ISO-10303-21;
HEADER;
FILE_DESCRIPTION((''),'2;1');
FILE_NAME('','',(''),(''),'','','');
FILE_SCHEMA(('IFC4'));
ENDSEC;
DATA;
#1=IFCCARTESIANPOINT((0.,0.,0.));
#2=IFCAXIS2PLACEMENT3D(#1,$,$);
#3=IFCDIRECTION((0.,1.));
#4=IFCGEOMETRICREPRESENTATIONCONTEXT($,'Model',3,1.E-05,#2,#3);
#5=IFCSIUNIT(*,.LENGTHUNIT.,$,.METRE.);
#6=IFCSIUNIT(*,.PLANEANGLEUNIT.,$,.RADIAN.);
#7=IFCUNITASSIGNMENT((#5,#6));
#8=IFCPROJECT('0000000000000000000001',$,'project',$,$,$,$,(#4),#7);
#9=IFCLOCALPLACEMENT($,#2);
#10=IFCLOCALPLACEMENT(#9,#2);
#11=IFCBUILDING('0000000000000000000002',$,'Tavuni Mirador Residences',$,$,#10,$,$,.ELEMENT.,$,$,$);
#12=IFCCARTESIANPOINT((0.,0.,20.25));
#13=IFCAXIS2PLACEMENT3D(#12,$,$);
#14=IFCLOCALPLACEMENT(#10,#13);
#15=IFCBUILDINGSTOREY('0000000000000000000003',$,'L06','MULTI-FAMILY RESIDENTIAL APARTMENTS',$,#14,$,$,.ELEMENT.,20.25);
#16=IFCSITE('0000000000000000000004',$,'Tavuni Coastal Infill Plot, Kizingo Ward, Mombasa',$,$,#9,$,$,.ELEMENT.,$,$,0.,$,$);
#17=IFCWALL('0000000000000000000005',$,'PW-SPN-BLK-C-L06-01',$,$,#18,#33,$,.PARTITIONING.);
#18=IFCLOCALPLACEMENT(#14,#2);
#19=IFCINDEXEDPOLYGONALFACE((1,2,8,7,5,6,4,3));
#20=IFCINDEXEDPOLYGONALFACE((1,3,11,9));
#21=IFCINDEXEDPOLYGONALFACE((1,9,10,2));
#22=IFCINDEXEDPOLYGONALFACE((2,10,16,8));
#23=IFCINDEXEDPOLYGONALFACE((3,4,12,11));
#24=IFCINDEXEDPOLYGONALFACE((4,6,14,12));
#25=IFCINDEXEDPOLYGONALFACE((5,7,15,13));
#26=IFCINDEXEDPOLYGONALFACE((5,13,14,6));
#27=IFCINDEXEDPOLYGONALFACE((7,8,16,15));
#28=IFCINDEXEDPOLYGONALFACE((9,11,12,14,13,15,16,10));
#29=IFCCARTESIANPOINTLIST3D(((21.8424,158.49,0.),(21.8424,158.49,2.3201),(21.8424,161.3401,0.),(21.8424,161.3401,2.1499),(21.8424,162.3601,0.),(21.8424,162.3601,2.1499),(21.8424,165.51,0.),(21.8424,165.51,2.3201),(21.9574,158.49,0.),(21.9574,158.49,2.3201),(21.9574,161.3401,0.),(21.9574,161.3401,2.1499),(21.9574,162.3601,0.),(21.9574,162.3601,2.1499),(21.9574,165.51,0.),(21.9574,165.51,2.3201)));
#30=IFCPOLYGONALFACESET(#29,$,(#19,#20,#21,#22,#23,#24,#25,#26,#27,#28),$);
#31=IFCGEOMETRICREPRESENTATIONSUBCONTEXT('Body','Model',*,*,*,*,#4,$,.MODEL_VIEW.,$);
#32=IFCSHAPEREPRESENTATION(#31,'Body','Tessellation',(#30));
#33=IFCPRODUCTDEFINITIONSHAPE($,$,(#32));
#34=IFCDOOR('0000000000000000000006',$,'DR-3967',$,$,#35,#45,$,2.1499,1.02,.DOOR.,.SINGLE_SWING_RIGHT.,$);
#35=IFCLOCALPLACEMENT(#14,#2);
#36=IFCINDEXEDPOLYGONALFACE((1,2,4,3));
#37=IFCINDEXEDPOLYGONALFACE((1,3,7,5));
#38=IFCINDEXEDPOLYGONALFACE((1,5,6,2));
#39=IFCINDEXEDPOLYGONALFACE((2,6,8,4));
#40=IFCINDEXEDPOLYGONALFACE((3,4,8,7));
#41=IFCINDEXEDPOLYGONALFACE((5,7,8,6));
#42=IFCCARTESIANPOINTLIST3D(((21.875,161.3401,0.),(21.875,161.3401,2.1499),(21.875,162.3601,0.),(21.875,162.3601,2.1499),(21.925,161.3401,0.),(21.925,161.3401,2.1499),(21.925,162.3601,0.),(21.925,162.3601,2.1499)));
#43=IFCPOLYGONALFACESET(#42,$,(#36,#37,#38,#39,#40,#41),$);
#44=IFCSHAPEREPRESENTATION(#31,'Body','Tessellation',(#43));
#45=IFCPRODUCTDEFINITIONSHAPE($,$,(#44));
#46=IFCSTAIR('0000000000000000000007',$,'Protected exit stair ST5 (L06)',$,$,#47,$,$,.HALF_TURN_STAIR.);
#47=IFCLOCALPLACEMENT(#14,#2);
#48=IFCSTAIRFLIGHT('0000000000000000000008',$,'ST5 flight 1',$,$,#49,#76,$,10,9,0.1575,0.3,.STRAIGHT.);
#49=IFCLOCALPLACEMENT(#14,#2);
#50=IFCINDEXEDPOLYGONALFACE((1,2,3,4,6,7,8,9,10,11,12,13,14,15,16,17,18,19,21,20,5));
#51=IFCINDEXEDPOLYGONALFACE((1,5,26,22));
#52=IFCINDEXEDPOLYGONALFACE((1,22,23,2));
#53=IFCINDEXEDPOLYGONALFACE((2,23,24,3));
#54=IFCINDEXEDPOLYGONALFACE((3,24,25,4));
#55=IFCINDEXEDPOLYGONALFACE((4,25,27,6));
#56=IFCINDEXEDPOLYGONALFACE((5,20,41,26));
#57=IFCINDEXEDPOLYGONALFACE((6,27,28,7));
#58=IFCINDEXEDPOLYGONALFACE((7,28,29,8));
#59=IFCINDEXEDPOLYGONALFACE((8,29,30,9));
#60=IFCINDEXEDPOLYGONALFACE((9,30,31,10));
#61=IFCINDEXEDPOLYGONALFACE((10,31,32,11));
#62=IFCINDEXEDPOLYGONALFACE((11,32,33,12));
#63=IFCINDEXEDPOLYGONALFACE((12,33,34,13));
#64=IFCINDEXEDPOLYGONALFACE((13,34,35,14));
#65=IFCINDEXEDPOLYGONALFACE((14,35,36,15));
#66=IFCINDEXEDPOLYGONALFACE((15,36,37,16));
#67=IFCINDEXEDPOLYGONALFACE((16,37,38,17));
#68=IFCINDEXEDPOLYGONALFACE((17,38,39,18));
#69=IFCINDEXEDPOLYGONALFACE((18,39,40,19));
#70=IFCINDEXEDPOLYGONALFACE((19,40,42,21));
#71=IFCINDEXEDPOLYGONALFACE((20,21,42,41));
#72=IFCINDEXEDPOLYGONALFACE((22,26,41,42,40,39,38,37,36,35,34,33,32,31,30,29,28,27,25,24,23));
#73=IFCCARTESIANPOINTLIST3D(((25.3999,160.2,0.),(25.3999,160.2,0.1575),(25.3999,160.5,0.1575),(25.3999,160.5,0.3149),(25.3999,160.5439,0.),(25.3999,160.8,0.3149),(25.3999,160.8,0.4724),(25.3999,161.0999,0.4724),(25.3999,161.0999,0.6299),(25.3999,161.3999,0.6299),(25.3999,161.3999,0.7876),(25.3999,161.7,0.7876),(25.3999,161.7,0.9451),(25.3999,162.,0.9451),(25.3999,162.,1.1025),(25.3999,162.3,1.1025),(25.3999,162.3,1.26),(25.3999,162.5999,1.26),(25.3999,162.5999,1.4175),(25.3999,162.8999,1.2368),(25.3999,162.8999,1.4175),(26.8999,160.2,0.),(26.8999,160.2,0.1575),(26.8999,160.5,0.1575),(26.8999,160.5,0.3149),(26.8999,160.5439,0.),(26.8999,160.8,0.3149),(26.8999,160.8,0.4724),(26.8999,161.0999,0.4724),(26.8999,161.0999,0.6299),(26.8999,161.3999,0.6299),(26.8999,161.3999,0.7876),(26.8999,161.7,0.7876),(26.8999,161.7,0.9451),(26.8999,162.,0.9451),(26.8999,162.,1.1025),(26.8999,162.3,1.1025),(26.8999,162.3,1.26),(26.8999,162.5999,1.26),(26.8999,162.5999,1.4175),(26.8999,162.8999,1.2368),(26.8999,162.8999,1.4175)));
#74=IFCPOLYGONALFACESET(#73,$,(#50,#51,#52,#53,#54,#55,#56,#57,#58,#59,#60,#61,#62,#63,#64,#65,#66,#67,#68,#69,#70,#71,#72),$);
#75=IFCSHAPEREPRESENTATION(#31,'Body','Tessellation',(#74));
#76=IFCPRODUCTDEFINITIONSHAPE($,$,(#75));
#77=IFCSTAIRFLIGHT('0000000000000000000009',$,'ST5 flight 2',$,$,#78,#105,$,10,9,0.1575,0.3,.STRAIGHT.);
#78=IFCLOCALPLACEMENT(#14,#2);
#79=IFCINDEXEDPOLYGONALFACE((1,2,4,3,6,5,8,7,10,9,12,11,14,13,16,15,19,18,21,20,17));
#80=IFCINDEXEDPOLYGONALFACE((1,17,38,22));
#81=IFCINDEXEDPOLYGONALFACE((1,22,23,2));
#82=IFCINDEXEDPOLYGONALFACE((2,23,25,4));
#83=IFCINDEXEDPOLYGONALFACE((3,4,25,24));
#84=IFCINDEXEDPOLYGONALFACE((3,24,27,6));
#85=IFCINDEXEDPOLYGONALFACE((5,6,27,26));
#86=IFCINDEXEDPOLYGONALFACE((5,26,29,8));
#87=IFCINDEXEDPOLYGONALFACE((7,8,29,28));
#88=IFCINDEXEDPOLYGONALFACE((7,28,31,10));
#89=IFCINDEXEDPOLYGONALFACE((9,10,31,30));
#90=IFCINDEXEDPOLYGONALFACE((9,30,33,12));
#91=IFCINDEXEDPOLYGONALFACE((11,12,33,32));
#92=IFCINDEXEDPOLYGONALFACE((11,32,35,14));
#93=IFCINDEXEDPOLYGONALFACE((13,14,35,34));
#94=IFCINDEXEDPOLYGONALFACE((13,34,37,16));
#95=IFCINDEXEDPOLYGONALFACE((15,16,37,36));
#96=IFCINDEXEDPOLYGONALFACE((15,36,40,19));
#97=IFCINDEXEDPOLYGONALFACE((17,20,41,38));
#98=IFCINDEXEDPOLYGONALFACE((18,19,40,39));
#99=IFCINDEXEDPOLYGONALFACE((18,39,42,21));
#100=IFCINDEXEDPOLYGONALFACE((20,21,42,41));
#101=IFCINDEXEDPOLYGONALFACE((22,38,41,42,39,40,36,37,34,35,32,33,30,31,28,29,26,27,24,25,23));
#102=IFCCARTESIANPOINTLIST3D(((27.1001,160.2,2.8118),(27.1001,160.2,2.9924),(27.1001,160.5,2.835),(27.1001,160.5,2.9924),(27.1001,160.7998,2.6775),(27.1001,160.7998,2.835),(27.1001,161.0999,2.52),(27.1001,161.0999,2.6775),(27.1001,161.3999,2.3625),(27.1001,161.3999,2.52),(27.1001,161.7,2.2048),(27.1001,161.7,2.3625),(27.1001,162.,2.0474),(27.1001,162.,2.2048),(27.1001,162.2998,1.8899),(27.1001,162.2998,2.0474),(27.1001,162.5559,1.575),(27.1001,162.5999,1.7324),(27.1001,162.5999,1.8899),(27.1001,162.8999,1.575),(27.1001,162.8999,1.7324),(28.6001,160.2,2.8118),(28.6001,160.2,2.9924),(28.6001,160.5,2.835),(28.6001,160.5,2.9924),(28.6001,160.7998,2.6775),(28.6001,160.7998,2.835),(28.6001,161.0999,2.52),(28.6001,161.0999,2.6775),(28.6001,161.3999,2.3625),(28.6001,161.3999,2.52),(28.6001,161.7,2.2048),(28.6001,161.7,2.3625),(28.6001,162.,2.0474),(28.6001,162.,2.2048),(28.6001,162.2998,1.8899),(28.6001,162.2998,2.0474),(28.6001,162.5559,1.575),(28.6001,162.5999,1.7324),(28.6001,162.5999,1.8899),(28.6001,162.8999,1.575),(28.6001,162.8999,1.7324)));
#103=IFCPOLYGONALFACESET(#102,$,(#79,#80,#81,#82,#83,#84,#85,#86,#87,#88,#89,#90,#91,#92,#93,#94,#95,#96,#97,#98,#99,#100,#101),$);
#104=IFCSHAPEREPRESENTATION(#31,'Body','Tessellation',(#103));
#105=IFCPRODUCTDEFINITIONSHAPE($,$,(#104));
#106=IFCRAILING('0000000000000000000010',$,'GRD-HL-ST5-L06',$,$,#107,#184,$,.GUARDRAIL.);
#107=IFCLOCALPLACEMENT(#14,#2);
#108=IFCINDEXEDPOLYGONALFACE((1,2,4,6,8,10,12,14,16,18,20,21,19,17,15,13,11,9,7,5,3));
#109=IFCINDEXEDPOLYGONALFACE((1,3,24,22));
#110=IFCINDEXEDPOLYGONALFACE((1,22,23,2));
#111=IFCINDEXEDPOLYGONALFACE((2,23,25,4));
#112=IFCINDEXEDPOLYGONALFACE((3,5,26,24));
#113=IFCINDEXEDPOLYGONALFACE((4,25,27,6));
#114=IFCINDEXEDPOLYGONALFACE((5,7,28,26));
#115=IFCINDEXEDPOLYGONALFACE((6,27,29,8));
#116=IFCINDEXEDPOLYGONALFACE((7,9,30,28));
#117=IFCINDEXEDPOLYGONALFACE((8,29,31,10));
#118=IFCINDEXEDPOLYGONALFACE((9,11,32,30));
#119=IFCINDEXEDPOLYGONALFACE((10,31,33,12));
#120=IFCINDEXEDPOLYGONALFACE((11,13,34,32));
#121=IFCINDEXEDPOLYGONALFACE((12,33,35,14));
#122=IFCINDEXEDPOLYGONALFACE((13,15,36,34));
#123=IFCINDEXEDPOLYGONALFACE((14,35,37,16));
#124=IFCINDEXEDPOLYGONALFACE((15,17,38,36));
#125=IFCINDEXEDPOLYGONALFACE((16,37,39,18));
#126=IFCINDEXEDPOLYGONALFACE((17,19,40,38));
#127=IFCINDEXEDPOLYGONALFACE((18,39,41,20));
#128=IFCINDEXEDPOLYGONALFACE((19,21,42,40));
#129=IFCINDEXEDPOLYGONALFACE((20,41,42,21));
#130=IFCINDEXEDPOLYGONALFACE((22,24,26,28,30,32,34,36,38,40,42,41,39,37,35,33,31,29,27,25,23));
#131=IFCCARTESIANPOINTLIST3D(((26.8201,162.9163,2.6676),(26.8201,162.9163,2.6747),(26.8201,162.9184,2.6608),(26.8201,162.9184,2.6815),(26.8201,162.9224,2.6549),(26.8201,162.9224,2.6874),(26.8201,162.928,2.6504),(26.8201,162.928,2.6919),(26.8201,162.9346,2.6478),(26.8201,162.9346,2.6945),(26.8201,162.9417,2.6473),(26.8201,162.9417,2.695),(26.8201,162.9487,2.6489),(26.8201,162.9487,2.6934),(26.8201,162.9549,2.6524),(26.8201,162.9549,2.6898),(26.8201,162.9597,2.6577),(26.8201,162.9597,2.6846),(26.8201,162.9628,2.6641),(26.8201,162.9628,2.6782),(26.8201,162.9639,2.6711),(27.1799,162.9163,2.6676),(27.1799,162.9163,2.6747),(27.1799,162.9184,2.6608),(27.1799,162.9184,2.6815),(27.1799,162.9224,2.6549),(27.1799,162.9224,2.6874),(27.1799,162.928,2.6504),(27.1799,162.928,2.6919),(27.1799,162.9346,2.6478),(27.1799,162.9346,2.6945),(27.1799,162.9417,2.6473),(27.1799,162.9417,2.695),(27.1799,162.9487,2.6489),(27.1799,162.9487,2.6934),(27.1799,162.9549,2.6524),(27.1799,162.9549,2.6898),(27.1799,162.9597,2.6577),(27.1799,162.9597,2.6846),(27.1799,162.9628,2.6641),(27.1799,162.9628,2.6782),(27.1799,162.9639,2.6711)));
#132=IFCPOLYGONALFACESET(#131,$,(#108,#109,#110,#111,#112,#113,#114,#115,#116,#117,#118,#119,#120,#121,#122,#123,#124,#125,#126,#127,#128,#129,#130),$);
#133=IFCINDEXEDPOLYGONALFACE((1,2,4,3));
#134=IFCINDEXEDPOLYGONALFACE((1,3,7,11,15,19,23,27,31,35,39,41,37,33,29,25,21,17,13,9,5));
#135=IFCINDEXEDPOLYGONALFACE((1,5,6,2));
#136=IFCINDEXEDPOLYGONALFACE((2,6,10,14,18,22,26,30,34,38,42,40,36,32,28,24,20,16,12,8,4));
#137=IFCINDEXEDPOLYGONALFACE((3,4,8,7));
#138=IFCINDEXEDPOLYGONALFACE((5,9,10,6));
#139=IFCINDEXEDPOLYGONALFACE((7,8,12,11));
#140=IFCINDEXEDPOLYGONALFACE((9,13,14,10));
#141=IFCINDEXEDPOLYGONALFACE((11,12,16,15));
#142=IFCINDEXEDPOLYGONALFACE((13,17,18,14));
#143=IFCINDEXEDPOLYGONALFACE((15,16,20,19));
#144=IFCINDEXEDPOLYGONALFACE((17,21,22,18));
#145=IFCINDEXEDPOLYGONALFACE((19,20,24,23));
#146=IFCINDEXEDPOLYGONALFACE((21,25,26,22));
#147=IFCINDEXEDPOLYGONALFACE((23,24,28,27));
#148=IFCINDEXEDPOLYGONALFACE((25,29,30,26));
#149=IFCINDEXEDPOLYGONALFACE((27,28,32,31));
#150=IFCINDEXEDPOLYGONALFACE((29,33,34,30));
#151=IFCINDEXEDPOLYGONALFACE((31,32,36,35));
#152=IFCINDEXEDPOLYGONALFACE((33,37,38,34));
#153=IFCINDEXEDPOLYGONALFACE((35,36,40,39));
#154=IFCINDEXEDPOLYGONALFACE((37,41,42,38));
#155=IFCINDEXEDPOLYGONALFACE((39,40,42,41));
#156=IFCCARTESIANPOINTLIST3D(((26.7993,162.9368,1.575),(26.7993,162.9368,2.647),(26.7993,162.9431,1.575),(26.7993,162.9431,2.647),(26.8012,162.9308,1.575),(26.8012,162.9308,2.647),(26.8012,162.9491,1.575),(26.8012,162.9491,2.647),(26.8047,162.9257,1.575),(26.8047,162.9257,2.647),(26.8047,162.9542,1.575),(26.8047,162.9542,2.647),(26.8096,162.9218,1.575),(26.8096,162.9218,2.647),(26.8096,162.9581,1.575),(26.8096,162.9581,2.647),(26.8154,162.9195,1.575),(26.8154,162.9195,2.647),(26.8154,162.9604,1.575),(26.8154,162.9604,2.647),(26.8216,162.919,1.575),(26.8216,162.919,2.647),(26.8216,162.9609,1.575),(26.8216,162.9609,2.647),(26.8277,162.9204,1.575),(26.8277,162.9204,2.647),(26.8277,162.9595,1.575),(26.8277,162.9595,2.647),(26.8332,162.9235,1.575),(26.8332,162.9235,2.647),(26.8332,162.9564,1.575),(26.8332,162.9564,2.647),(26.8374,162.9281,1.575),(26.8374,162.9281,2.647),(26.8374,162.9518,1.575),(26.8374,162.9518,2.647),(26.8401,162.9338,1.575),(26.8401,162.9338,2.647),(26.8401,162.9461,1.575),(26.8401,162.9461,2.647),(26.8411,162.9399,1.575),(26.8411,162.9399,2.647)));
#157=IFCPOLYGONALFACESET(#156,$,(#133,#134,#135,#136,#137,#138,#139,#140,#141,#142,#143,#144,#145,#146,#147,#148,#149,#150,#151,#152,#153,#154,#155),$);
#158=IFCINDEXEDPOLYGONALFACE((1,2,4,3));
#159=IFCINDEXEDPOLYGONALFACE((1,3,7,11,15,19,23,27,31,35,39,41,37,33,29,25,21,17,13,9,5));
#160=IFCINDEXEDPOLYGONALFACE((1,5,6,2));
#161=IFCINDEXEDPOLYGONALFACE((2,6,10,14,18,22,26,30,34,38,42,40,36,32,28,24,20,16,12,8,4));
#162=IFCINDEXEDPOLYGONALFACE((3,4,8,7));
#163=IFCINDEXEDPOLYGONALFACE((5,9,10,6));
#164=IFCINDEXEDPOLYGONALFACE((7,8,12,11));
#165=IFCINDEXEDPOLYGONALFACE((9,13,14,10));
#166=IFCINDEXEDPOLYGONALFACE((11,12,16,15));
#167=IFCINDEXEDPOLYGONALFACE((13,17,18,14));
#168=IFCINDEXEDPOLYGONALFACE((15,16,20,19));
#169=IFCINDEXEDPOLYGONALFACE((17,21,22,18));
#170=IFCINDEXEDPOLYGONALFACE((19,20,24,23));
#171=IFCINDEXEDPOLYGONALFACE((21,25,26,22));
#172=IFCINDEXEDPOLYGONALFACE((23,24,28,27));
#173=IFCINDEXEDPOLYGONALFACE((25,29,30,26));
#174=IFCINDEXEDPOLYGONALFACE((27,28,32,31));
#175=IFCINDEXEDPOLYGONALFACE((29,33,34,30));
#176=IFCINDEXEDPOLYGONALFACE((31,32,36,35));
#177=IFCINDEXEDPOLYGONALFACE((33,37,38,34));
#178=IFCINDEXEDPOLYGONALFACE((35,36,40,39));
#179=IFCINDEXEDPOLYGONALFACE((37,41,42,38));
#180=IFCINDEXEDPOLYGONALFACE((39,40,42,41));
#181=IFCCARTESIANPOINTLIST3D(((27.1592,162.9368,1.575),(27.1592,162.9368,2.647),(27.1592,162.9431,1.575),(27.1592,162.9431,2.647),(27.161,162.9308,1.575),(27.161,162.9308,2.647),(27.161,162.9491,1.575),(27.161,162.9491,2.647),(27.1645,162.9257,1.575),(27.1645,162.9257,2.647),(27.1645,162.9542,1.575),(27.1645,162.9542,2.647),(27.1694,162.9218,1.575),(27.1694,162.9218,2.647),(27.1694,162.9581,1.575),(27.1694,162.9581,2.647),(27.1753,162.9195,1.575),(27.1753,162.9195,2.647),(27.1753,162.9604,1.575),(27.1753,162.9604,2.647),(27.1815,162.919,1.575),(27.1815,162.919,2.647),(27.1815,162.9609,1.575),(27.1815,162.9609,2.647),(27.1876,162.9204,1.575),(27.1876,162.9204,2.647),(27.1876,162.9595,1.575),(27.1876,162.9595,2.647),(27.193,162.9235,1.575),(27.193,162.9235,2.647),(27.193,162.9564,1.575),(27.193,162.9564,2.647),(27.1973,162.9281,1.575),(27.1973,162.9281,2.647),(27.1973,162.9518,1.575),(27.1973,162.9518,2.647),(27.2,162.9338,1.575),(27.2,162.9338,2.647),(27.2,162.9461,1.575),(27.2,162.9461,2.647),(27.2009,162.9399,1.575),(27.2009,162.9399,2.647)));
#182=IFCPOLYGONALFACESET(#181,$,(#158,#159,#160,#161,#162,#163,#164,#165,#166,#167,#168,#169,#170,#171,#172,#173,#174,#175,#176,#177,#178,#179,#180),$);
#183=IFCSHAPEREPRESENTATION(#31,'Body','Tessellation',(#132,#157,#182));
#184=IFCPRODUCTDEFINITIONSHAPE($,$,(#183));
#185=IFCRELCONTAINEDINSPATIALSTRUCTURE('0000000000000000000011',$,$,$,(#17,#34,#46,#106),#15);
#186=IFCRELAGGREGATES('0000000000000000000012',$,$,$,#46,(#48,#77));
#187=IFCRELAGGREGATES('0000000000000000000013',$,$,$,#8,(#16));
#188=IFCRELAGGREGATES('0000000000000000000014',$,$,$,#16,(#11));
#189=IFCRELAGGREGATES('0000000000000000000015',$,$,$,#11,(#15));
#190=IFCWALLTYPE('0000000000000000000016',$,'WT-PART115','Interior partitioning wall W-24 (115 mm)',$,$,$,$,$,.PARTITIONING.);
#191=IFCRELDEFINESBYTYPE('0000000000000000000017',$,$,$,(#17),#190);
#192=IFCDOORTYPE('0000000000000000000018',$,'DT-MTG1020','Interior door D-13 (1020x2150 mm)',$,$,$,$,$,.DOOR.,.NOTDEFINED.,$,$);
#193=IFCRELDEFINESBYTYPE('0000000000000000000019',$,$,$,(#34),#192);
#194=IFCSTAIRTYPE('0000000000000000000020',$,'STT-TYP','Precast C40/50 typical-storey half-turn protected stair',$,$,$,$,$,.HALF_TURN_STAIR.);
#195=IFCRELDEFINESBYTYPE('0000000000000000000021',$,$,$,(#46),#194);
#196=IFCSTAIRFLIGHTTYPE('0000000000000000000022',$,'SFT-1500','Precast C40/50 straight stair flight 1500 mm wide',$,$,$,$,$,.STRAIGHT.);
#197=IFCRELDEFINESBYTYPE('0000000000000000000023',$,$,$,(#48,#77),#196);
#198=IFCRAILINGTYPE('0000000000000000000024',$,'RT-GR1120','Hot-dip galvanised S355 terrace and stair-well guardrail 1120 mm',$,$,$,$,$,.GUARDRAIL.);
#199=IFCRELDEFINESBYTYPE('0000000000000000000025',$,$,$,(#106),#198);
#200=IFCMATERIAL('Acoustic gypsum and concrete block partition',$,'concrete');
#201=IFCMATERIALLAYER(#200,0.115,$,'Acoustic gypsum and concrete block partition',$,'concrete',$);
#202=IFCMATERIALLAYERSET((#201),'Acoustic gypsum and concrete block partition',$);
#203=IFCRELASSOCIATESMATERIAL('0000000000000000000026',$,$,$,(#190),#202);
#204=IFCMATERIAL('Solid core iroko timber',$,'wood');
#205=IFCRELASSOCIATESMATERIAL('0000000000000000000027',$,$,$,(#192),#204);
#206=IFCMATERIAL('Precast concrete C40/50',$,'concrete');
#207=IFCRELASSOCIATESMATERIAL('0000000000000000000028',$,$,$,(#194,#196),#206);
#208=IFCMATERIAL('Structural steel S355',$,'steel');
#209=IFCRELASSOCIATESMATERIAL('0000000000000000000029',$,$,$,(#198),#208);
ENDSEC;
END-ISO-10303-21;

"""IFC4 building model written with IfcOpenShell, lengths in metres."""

from ifc_helpers import new_model, si_unit, direction, frame, frame_2d, origin, origin_2d, place, context, subcontext, project, spatial, polyline, rectangle, circle, outline, extrude, material, layer, layer_set, type_object, element, fill, aggregate, save


model = new_model("IFC4")

# Units and contexts
model_context = context("Model", 3, precision=1e-05, world=origin(), true_north=direction((0.0, 1.0)))
body_context = subcontext(model_context, "Body", "Model", "MODEL_VIEW")
ifc_project = project(units=[si_unit("LENGTHUNIT", "METRE"), si_unit("PLANEANGLEUNIT", "RADIAN")], contexts=[model_context])

# Site, building, storey
site_placement = place(None, origin())
site = spatial("IfcSite", under=ifc_project, at=site_placement, Name="Tavuni Coastal Infill Plot, Kizingo Ward, Mombasa", CompositionType="ELEMENT", RefElevation=0.0)
building_placement = place(site_placement, origin())
building = spatial("IfcBuilding", under=site, at=building_placement, Name="Tavuni Mirador Residences", CompositionType="ELEMENT")
storey_placement = place(building_placement, frame((0.0, 0.0, 20.25)))
storey = spatial("IfcBuildingStorey", under=building, at=storey_placement, Name="L06", Description="MULTI-FAMILY RESIDENTIAL APARTMENTS", CompositionType="ELEMENT", Elevation=20.25)

# Shared definitions
ifc_material_1 = material(Name="Precast concrete C40/50", Category="concrete")

# Shared definitions
ifc_material_2 = material(Name="Solid core iroko timber", Category="wood")
ifc_material_3 = material(Name="Structural steel S355", Category="steel")

# Wall, opening, door
ifc_material_4 = material(Name="Acoustic gypsum and concrete block partition", Category="concrete")
ifc_layer_1 = layer(ifc_material_4, 0.115, Name="Acoustic gypsum and concrete block partition", Category="concrete")
ifc_layer_set_1 = layer_set([ifc_layer_1], Name="Acoustic gypsum and concrete block partition")
wall_type_1 = type_object("IfcWallType", Name="WT-PART115", Description="Interior partitioning wall W-24 (115 mm)", PredefinedType="PARTITIONING", material=ifc_layer_set_1)
wall_1_placement = place(storey_placement, frame((21.8999, 158.49, 0.0), z_axis=(0.0, 0.0, 1.0), x_axis=(0.0, 1.0, 0.0)))
wall_1 = element("IfcWall", 1, at=wall_1_placement, inside=storey, type_object=wall_type_1, Name="PW-SPN-BLK-C-L06-01", PredefinedType="PARTITIONING", context=body_context, shape_type="SweptSolid", body=[
    extrude(rectangle(XDim=7.02, YDim=0.115, at=frame_2d((3.51, 0.0))), origin(), (0.0, 0.0, 1.0), 2.3201),
])
opening_1_placement = place(wall_1_placement, frame((2.8501, 0.0, 0.0)))
opening_1 = element("IfcOpeningElement", 2, at=opening_1_placement, cuts=wall_1, PredefinedType="OPENING", context=body_context, shape_type="SweptSolid", body=[
    extrude(rectangle(XDim=1.02, YDim=2.1499, at=frame_2d((0.51, 1.075))), frame((0.0, 0.0674, 0.0), z_axis=(0.0, -1.0, 0.0), x_axis=(1.0, 0.0, 0.0)), (0.0, 0.0, 1.0), 0.135),
])
door_type_1 = type_object("IfcDoorType", Name="DT-MTG1020", Description="Interior door D-13 (1020x2150 mm)", OperationType="NOTDEFINED", PredefinedType="DOOR", material=ifc_material_2)
door_1_placement = place(opening_1_placement, origin())
door_1 = element("IfcDoor", 3, at=door_1_placement, inside=storey, type_object=door_type_1, Name="DR-3967", OperationType="SINGLE_SWING_RIGHT", OverallHeight=2.1499, OverallWidth=1.02, PredefinedType="DOOR", context=body_context, shape_type="SweptSolid", body=[
    extrude(rectangle(XDim=1.02, YDim=2.1499, at=frame_2d((0.51, 1.075))), frame((0.0, 0.0249, 0.0), z_axis=(0.0, -1.0, 0.0), x_axis=(1.0, 0.0, 0.0)), (0.0, 0.0, 1.0), 0.05),
])
fill(opening_1, door_1)

# Stair, stair flights
stair_type = type_object("IfcStairType", Name="STT-TYP", Description="Precast C40/50 typical-storey half-turn protected stair", PredefinedType="HALF_TURN_STAIR", material=ifc_material_1)
stair_placement = place(storey_placement, origin())
stair = element("IfcStair", 4, at=stair_placement, inside=storey, type_object=stair_type, Name="Protected exit stair ST5 (L06)", PredefinedType="HALF_TURN_STAIR")
stair_flight_type = type_object("IfcStairFlightType", Name="SFT-1500", Description="Precast C40/50 straight stair flight 1500 mm wide", PredefinedType="STRAIGHT", material=ifc_material_1)
stair_flight_1_placement = place(storey_placement, frame((26.1499, 160.2, 0.0), z_axis=(0.0, 0.0, 1.0), x_axis=(0.0, 1.0, 0.0)))
stair_flight_1 = element("IfcStairFlight", 5, at=stair_flight_1_placement, type_object=stair_flight_type, Name="ST5 flight 1", NumberOfRisers=10, NumberOfTreads=9, PredefinedType="STRAIGHT", RiserHeight=0.1575, TreadLength=0.3, context=body_context, shape_type="SweptSolid", body=[
    extrude(outline(polyline([(0.0, 0.0), (0.0, 0.1575), (0.3, 0.1575), (0.3, 0.3149), (0.6001, 0.3149), (0.6001, 0.4724), (0.8999, 0.4724), (0.8999, 0.6299), (1.2, 0.6299), (1.2, 0.7876), (1.5, 0.7876), (1.5, 0.9451), (1.8, 0.9451), (1.8, 1.1025), (2.1001, 1.1025), (2.1001, 1.26), (2.3999, 1.26), (2.3999, 1.4175), (2.7, 1.4175), (2.7, 1.575), (2.7, 1.2368), (0.344, 0.0), (0.0, 0.0)])), frame((0.0, 0.75, 0.0), z_axis=(0.0, -1.0, 0.0), x_axis=(1.0, 0.0, 0.0)), (0.0, 0.0, 1.0), 1.5),
])
stair_flight_2_placement = place(storey_placement, frame((27.8501, 162.8999, 1.575), z_axis=(0.0, 0.0, 1.0), x_axis=(0.0, -1.0, 0.0)))
stair_flight_2 = element("IfcStairFlight", 6, at=stair_flight_2_placement, type_object=stair_flight_type, Name="ST5 flight 2", NumberOfRisers=10, NumberOfTreads=9, PredefinedType="STRAIGHT", RiserHeight=0.1575, TreadLength=0.3, context=body_context, shape_type="SweptSolid", body=[
    extrude(outline(polyline([(0.0, 0.0), (0.0, 0.1575), (0.3, 0.1575), (0.3, 0.3149), (0.6001, 0.3149), (0.6001, 0.4724), (0.8999, 0.4724), (0.8999, 0.6299), (1.2, 0.6299), (1.2, 0.7876), (1.5, 0.7876), (1.5, 0.9451), (1.8, 0.9451), (1.8, 1.1025), (2.1001, 1.1025), (2.1001, 1.26), (2.3999, 1.26), (2.3999, 1.4175), (2.7, 1.4175), (2.7, 1.575), (2.7, 1.2368), (0.344, 0.0), (0.0, 0.0)])), frame((0.0, 0.75, 0.0), z_axis=(0.0, -1.0, 0.0), x_axis=(1.0, 0.0, 0.0)), (0.0, 0.0, 1.0), 1.5),
])
aggregate(stair, [stair_flight_1, stair_flight_2])

# Railing
railing_type_1 = type_object("IfcRailingType", Name="RT-GR1120", Description="Hot-dip galvanised S355 terrace and stair-well guardrail 1120 mm", PredefinedType="GUARDRAIL", material=ifc_material_3)
railing_1_placement = place(storey_placement, frame((26.8201, 162.9399, 1.575)))
element("IfcRailing", 7, at=railing_1_placement, inside=storey, type_object=railing_type_1, Name="GRD-HL-ST5-L06", PredefinedType="GUARDRAIL", context=body_context, shape_type="SweptSolid", body=[
    extrude(circle(Radius=0.0239, at=origin_2d()), frame((0.0, 0.0, 1.0962), z_axis=(1.0, 0.0, 0.0), x_axis=(0.0, 1.0, 0.0)), (0.0, 0.0, 1.0), 0.3599),
    extrude(circle(Radius=0.021, at=origin_2d()), origin(), (0.0, 0.0, 1.0), 1.072),
    extrude(circle(Radius=0.021, at=origin_2d()), frame((0.3599, 0.0, 0.0)), (0.0, 0.0, 1.0), 1.072),
])

save(model, "model.ifc")
